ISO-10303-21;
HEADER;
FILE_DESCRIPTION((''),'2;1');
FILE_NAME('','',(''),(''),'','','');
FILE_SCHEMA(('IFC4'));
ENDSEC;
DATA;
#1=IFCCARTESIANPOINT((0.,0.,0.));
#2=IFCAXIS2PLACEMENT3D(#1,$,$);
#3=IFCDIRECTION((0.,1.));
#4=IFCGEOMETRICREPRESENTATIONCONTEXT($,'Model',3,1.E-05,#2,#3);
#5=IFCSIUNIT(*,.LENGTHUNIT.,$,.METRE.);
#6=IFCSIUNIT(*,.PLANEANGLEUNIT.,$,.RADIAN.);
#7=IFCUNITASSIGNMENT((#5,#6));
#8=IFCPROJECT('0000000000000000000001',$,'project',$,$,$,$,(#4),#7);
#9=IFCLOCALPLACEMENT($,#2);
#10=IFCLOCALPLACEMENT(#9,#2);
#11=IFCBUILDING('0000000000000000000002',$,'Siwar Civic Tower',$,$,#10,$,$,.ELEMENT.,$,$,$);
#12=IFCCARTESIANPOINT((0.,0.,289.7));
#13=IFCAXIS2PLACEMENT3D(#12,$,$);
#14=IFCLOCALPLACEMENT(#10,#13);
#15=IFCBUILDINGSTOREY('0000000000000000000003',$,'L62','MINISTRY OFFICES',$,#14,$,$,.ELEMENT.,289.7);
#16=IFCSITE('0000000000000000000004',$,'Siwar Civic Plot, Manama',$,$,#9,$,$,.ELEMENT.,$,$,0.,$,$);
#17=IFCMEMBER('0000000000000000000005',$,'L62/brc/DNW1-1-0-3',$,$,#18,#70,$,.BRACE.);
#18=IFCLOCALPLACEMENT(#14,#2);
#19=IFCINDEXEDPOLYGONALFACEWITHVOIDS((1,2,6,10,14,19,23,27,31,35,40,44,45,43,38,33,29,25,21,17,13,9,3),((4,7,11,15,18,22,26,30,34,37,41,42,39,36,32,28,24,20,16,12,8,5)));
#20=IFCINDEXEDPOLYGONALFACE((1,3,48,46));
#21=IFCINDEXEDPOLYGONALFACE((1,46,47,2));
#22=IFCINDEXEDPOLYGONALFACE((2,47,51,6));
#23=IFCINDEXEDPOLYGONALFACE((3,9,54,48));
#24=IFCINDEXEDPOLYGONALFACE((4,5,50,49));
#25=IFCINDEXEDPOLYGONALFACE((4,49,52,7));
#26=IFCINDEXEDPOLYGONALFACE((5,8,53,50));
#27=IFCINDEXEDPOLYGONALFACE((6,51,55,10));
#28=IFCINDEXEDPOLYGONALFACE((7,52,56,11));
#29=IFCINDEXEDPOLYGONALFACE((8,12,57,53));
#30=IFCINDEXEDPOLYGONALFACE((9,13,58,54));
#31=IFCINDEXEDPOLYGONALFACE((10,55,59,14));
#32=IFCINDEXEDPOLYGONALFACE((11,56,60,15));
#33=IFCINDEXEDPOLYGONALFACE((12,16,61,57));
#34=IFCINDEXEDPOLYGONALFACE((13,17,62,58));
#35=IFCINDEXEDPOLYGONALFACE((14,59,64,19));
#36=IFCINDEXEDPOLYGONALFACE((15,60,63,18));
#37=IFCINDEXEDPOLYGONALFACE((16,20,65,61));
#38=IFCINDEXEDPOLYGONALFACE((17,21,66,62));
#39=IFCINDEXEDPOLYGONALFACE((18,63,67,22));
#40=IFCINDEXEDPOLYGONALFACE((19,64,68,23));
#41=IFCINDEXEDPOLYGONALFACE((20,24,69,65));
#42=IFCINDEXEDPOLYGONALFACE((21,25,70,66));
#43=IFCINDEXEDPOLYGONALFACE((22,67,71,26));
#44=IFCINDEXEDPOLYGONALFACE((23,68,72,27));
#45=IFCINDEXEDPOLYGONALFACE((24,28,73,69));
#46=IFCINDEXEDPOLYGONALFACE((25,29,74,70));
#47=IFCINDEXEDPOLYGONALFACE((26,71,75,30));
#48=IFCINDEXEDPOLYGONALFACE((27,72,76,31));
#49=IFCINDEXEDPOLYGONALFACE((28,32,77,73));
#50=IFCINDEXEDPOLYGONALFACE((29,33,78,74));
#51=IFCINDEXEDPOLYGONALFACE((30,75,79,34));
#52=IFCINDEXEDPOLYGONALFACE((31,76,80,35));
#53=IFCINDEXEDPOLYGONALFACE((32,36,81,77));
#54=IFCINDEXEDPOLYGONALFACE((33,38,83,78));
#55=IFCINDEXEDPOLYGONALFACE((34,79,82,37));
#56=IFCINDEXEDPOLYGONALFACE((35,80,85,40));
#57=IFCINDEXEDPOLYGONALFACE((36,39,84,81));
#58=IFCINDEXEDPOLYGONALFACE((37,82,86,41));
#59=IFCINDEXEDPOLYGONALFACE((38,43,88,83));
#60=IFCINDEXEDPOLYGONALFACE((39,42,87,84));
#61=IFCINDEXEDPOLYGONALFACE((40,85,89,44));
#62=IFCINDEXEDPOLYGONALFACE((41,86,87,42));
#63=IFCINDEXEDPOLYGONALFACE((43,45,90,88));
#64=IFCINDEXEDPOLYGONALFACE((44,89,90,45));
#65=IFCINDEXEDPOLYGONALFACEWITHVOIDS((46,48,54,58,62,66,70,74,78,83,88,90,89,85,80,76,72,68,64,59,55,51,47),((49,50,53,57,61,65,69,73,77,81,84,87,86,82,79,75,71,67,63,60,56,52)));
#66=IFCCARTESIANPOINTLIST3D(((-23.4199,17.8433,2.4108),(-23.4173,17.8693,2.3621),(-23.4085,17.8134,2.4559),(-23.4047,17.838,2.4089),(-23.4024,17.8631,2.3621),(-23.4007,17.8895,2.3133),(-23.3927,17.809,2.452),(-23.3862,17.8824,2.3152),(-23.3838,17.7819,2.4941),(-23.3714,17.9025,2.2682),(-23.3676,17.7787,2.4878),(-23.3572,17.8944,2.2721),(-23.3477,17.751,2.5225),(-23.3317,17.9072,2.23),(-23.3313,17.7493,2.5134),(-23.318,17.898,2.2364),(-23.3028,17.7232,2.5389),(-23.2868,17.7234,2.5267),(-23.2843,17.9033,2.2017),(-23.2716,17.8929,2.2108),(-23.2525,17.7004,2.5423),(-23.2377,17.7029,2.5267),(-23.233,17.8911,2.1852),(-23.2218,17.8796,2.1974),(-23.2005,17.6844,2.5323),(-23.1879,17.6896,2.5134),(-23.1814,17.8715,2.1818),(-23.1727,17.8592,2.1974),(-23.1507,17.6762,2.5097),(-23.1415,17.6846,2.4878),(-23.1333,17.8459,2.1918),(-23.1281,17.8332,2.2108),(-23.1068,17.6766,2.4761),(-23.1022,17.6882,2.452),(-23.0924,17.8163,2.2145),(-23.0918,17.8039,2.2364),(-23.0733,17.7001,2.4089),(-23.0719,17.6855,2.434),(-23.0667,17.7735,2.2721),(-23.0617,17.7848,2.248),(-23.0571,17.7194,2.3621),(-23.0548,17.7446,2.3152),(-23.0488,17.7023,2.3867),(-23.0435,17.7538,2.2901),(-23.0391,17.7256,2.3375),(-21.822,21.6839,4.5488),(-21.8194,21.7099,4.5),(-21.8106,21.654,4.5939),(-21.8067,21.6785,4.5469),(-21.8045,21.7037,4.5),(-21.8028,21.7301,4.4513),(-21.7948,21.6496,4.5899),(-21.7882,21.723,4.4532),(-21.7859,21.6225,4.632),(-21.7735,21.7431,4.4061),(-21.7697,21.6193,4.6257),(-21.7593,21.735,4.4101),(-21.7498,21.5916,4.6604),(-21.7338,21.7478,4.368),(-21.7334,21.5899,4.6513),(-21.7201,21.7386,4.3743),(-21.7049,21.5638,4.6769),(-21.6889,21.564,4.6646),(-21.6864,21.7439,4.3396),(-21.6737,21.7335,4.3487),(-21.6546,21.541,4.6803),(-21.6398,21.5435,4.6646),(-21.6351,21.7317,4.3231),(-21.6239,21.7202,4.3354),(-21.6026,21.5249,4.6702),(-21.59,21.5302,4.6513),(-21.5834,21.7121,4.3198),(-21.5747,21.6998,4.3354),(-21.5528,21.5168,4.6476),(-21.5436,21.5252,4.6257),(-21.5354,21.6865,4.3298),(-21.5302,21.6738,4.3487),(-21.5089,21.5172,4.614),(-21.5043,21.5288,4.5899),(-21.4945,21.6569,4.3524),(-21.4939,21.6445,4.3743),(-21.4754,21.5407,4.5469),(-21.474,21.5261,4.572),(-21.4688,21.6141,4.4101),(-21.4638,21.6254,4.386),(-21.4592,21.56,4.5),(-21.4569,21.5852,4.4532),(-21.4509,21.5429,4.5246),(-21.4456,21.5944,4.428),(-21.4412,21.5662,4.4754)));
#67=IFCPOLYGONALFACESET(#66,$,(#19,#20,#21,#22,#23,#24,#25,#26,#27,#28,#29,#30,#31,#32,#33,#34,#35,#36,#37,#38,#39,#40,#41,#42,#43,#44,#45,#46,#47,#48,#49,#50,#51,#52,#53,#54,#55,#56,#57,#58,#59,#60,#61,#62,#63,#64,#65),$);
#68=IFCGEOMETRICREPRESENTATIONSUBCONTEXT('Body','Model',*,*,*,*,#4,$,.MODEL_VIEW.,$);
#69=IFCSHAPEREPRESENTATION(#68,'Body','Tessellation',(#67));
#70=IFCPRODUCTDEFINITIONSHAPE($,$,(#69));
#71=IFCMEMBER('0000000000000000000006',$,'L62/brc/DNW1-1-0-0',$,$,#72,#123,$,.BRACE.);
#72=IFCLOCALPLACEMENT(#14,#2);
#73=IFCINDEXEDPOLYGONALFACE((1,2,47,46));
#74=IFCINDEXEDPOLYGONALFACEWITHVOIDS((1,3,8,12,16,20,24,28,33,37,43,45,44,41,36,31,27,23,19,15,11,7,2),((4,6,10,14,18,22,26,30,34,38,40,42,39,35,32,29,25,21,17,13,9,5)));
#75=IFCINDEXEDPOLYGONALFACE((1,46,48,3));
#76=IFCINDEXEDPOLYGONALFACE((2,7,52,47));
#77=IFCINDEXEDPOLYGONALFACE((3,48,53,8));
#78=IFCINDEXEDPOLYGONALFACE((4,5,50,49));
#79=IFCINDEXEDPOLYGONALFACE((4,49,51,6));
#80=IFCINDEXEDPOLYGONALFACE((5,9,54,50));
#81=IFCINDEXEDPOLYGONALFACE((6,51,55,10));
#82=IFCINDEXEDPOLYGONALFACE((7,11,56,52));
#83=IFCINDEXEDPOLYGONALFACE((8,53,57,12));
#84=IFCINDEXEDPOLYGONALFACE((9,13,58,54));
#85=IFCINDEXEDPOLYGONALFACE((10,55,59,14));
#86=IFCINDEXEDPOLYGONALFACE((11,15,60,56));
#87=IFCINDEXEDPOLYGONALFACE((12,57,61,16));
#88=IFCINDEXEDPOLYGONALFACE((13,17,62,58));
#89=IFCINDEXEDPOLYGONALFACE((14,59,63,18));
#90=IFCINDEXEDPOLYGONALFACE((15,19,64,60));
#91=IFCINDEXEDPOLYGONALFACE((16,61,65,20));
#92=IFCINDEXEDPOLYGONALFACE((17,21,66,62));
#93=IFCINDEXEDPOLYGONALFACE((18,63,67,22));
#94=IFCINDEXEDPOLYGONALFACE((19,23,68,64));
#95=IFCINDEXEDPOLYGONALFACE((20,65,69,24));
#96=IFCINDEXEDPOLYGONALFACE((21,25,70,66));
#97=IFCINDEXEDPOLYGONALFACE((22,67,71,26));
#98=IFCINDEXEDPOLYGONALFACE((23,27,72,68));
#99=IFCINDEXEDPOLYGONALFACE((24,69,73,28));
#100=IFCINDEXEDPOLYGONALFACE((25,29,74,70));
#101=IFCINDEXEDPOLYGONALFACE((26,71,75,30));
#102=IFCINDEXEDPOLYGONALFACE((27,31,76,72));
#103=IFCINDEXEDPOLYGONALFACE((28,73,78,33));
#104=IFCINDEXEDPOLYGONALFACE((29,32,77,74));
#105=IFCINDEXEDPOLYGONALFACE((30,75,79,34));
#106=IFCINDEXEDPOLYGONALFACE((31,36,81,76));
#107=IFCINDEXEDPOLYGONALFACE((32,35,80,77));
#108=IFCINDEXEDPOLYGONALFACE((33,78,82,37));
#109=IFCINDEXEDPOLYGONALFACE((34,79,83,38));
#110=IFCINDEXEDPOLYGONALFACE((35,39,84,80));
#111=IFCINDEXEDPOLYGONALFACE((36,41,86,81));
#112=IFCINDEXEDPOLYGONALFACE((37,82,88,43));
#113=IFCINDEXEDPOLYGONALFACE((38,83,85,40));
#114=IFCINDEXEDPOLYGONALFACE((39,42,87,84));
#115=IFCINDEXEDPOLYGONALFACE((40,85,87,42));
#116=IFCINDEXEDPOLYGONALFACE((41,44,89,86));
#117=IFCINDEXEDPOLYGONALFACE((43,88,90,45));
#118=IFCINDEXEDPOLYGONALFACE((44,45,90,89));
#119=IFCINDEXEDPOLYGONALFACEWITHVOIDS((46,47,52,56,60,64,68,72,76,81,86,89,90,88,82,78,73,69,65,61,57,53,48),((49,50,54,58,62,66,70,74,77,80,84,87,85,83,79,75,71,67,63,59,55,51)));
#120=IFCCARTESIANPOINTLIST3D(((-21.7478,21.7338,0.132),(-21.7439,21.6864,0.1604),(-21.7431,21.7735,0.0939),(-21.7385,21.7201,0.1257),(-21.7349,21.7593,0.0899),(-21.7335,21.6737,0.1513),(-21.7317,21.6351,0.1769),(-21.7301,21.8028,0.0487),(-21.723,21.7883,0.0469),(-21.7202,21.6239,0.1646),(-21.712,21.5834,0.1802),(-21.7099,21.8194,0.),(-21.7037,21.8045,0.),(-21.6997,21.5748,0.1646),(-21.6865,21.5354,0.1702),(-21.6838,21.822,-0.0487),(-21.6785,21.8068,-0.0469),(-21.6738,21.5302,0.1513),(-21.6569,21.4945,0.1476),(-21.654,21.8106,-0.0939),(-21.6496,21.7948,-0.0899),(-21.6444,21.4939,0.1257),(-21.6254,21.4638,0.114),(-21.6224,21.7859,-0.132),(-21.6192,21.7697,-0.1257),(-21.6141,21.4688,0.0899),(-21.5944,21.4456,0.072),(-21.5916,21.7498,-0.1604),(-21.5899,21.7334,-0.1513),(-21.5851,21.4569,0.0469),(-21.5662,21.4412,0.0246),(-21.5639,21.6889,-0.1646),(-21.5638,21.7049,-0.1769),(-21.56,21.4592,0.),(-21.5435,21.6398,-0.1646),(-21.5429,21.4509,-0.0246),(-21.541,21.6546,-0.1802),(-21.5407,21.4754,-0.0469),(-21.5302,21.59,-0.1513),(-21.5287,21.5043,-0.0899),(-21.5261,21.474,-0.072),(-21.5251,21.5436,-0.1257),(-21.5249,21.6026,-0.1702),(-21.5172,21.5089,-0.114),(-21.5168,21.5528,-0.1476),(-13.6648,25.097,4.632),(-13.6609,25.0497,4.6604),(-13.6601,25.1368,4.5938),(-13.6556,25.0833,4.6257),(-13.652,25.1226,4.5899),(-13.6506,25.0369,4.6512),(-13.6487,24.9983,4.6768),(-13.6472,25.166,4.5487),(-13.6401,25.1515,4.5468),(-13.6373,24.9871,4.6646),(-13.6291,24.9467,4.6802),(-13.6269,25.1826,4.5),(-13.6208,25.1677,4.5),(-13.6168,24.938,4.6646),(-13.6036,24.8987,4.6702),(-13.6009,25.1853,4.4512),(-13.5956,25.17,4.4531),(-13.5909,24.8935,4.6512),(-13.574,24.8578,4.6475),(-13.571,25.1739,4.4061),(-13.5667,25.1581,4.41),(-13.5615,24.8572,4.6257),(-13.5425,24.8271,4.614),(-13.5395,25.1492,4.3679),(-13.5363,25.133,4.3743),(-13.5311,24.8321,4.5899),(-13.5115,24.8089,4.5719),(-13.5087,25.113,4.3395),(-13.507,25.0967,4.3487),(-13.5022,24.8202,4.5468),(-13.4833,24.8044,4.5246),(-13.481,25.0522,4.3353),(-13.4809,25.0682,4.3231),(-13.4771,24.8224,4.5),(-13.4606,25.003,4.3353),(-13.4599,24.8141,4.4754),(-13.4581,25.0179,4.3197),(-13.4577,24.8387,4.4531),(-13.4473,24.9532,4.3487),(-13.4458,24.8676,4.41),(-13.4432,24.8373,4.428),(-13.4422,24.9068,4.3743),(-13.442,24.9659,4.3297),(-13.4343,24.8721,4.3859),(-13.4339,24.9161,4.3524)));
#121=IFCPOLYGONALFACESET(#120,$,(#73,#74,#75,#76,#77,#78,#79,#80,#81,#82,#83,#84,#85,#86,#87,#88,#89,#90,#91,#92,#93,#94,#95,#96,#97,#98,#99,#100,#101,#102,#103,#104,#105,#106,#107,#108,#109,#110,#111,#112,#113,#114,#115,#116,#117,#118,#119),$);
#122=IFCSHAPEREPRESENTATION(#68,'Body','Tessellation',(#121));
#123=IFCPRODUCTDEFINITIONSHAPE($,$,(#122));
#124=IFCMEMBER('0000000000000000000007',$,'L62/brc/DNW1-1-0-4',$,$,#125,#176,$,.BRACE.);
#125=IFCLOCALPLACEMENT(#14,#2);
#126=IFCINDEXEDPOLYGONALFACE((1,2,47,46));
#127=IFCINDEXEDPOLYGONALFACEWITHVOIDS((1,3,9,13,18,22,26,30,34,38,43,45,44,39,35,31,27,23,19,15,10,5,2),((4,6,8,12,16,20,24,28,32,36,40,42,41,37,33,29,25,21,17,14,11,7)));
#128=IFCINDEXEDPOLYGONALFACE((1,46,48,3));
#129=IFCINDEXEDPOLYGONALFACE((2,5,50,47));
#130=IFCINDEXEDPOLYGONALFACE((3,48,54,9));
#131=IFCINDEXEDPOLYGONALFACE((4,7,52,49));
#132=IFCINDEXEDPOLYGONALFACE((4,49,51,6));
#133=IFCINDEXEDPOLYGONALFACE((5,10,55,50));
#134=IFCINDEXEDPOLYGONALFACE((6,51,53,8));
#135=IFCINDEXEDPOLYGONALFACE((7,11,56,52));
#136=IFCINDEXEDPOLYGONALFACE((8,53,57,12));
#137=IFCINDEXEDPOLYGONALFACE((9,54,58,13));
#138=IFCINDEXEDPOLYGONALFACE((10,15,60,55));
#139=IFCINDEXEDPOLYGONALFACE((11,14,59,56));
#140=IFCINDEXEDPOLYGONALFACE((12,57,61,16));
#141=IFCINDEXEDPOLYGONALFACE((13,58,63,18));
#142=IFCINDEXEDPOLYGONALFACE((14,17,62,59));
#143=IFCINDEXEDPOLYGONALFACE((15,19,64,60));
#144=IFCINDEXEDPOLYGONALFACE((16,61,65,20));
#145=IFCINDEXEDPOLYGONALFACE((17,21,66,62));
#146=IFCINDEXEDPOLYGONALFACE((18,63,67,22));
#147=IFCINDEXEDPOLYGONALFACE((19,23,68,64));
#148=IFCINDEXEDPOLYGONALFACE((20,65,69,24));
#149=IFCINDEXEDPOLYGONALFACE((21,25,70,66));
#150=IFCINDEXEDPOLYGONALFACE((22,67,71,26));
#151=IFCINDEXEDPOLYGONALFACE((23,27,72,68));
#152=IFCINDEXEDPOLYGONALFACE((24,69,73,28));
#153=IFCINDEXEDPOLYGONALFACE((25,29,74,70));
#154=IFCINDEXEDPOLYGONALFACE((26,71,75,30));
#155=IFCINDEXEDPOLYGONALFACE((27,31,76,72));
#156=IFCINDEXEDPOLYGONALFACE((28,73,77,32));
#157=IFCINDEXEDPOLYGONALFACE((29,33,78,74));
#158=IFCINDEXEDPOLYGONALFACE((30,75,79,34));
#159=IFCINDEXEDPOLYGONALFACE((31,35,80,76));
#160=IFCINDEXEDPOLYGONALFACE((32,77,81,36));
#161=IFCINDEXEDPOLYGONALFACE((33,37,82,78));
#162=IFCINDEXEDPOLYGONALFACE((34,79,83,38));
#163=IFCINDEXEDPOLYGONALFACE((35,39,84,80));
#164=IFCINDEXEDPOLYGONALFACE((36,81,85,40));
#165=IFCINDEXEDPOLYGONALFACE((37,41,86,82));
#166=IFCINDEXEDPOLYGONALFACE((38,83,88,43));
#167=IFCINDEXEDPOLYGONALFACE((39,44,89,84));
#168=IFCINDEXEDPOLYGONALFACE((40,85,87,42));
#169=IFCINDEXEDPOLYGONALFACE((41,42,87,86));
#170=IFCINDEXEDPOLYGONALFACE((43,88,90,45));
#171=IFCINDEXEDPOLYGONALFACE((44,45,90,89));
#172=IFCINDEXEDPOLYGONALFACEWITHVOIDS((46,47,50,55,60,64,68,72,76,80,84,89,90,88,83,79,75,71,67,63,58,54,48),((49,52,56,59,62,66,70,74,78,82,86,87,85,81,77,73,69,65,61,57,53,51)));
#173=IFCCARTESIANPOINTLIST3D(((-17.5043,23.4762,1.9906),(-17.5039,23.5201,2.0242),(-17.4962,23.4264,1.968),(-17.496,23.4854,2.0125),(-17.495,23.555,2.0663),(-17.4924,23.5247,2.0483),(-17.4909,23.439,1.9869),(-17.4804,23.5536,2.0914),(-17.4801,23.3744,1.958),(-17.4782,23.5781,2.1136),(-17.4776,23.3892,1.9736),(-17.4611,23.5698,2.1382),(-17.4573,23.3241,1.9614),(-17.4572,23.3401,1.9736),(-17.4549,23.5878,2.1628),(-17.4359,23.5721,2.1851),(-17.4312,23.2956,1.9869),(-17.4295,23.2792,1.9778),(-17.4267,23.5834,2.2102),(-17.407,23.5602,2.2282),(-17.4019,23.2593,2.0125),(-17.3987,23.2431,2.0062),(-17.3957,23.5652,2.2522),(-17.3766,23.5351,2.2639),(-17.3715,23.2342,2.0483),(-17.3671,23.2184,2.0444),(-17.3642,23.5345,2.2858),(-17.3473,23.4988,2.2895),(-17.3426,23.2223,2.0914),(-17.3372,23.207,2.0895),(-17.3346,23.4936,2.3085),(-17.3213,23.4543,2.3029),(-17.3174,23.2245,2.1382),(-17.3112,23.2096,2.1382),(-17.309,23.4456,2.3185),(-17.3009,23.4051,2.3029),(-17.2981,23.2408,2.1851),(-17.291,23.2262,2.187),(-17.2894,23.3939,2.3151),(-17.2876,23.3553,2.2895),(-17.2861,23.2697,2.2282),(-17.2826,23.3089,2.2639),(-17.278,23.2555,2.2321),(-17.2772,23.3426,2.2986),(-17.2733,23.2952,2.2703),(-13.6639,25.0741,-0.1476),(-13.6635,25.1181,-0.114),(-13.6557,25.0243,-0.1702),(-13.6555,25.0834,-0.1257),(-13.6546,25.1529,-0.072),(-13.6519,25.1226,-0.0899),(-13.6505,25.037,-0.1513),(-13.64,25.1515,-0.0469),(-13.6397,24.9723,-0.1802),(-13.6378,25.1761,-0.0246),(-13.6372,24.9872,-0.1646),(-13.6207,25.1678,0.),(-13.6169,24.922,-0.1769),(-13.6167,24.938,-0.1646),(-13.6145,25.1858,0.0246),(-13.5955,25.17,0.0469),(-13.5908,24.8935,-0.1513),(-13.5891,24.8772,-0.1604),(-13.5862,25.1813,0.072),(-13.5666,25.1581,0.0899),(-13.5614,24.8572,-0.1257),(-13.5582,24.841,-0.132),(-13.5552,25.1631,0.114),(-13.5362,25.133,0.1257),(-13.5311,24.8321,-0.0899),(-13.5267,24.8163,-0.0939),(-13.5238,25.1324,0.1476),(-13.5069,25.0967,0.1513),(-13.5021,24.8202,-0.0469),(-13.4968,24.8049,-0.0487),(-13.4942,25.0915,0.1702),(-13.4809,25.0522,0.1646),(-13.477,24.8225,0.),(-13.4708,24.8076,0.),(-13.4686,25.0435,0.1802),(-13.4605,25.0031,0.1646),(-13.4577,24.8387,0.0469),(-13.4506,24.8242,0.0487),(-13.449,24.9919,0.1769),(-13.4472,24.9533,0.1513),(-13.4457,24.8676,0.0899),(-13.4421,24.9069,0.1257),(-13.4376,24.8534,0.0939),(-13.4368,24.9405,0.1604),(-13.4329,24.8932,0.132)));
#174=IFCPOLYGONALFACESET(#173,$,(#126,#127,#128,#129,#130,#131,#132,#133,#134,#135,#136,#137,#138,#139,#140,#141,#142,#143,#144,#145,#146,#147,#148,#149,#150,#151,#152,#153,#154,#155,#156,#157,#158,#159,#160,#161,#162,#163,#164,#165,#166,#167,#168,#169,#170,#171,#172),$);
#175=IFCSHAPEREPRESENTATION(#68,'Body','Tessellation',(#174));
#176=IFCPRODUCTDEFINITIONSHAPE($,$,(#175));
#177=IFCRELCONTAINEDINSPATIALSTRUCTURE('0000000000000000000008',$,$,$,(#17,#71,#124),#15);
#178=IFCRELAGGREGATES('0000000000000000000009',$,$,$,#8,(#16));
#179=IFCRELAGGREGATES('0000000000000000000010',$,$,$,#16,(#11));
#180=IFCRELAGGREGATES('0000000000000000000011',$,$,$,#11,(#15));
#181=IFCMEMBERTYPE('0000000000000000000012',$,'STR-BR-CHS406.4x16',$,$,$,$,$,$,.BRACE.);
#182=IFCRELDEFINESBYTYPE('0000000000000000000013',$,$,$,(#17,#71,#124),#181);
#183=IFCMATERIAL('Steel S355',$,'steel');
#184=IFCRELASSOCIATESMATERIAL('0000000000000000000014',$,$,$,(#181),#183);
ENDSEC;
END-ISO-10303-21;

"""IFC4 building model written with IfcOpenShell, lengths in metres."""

from ifc_helpers import new_model, si_unit, direction, frame, origin, origin_2d, place, context, subcontext, project, spatial, hollow_circle, extrude, material, material_profile, profile_set, type_object, element, save


model = new_model("IFC4")

# Units and contexts
model_context = context("Model", 3, precision=1e-05, world=origin(), true_north=direction((0.0, 1.0)))
body_context = subcontext(model_context, "Body", "Model", "MODEL_VIEW")
ifc_project = project(units=[si_unit("LENGTHUNIT", "METRE"), si_unit("PLANEANGLEUNIT", "RADIAN")], contexts=[model_context])

# Site, building, storey
site_placement = place(None, origin())
site = spatial("IfcSite", under=ifc_project, at=site_placement, Name="Siwar Civic Plot, Manama", CompositionType="ELEMENT", RefElevation=0.0)
building_placement = place(site_placement, origin())
building = spatial("IfcBuilding", under=site, at=building_placement, Name="Siwar Civic Tower", CompositionType="ELEMENT")
storey_placement = place(building_placement, frame((0.0, 0.0, 289.7)))
storey = spatial("IfcBuildingStorey", under=building, at=storey_placement, Name="L62", Description="MINISTRY OFFICES", CompositionType="ELEMENT", Elevation=289.7)

# Members
ifc_material_1 = material(Name="Steel S355", Category="steel")
ifc_material_profile_1 = material_profile(ifc_material_1, hollow_circle(Radius=0.2031, WallThickness=0.0161, at=origin_2d()), Name="CHS406.4x16")
ifc_profile_set_1 = profile_set([ifc_material_profile_1], Name="Steel S355")
member_type_1 = type_object("IfcMemberType", Name="STR-BR-CHS406.4x16", PredefinedType="BRACE", material=ifc_profile_set_1)
for number, where, z_axis, x_axis, name in (
    (1, (-23.2297, 17.7913, 2.3621), (0.341653, 0.821167, 0.45712), (-0.923276, 0.384136, 0.0), "L62/brc/DNW1-1-0-3"),
):
    element("IfcMember", number, at=place(storey_placement, frame(where, z_axis=z_axis, x_axis=x_axis)), inside=storey, type_object=member_type_1, Name=name, PredefinedType="BRACE", context=body_context, shape_type="SweptSolid", body=[
        extrude(hollow_circle(Radius=0.2031, WallThickness=0.0161, at=origin_2d()), origin(), (0.0, 0.0, 1.0), 4.677),
    ])
member_1_placement = place(storey_placement, frame((-21.6318, 21.6318, 0.0), z_axis=(0.821143, 0.341671, 0.457149), x_axis=(-0.384164, 0.923265, 0.0)))
element("IfcMember", 2, at=member_1_placement, inside=storey, type_object=member_type_1, Name="L62/brc/DNW1-1-0-0", PredefinedType="BRACE", context=body_context, shape_type="SweptSolid", body=[
    extrude(hollow_circle(Radius=0.2031, WallThickness=0.0161, at=origin_2d()), origin(), (0.0, 0.0, 1.0), 9.8435),
])
for number, where, z_axis, x_axis, name in (
    (3, (-13.5488, 24.9951, 0.0), (-0.82113, -0.341659, 0.457181), (0.384157, -0.923268, 0.0), "L62/brc/DNW1-1-0-4"),
):
    element("IfcMember", number, at=place(storey_placement, frame(where, z_axis=z_axis, x_axis=x_axis)), inside=storey, type_object=member_type_1, Name=name, PredefinedType="BRACE", context=body_context, shape_type="SweptSolid", body=[
        extrude(hollow_circle(Radius=0.2031, WallThickness=0.0161, at=origin_2d()), origin(), (0.0, 0.0, 1.0), 4.677),
    ])

save(model, "model.ifc")
